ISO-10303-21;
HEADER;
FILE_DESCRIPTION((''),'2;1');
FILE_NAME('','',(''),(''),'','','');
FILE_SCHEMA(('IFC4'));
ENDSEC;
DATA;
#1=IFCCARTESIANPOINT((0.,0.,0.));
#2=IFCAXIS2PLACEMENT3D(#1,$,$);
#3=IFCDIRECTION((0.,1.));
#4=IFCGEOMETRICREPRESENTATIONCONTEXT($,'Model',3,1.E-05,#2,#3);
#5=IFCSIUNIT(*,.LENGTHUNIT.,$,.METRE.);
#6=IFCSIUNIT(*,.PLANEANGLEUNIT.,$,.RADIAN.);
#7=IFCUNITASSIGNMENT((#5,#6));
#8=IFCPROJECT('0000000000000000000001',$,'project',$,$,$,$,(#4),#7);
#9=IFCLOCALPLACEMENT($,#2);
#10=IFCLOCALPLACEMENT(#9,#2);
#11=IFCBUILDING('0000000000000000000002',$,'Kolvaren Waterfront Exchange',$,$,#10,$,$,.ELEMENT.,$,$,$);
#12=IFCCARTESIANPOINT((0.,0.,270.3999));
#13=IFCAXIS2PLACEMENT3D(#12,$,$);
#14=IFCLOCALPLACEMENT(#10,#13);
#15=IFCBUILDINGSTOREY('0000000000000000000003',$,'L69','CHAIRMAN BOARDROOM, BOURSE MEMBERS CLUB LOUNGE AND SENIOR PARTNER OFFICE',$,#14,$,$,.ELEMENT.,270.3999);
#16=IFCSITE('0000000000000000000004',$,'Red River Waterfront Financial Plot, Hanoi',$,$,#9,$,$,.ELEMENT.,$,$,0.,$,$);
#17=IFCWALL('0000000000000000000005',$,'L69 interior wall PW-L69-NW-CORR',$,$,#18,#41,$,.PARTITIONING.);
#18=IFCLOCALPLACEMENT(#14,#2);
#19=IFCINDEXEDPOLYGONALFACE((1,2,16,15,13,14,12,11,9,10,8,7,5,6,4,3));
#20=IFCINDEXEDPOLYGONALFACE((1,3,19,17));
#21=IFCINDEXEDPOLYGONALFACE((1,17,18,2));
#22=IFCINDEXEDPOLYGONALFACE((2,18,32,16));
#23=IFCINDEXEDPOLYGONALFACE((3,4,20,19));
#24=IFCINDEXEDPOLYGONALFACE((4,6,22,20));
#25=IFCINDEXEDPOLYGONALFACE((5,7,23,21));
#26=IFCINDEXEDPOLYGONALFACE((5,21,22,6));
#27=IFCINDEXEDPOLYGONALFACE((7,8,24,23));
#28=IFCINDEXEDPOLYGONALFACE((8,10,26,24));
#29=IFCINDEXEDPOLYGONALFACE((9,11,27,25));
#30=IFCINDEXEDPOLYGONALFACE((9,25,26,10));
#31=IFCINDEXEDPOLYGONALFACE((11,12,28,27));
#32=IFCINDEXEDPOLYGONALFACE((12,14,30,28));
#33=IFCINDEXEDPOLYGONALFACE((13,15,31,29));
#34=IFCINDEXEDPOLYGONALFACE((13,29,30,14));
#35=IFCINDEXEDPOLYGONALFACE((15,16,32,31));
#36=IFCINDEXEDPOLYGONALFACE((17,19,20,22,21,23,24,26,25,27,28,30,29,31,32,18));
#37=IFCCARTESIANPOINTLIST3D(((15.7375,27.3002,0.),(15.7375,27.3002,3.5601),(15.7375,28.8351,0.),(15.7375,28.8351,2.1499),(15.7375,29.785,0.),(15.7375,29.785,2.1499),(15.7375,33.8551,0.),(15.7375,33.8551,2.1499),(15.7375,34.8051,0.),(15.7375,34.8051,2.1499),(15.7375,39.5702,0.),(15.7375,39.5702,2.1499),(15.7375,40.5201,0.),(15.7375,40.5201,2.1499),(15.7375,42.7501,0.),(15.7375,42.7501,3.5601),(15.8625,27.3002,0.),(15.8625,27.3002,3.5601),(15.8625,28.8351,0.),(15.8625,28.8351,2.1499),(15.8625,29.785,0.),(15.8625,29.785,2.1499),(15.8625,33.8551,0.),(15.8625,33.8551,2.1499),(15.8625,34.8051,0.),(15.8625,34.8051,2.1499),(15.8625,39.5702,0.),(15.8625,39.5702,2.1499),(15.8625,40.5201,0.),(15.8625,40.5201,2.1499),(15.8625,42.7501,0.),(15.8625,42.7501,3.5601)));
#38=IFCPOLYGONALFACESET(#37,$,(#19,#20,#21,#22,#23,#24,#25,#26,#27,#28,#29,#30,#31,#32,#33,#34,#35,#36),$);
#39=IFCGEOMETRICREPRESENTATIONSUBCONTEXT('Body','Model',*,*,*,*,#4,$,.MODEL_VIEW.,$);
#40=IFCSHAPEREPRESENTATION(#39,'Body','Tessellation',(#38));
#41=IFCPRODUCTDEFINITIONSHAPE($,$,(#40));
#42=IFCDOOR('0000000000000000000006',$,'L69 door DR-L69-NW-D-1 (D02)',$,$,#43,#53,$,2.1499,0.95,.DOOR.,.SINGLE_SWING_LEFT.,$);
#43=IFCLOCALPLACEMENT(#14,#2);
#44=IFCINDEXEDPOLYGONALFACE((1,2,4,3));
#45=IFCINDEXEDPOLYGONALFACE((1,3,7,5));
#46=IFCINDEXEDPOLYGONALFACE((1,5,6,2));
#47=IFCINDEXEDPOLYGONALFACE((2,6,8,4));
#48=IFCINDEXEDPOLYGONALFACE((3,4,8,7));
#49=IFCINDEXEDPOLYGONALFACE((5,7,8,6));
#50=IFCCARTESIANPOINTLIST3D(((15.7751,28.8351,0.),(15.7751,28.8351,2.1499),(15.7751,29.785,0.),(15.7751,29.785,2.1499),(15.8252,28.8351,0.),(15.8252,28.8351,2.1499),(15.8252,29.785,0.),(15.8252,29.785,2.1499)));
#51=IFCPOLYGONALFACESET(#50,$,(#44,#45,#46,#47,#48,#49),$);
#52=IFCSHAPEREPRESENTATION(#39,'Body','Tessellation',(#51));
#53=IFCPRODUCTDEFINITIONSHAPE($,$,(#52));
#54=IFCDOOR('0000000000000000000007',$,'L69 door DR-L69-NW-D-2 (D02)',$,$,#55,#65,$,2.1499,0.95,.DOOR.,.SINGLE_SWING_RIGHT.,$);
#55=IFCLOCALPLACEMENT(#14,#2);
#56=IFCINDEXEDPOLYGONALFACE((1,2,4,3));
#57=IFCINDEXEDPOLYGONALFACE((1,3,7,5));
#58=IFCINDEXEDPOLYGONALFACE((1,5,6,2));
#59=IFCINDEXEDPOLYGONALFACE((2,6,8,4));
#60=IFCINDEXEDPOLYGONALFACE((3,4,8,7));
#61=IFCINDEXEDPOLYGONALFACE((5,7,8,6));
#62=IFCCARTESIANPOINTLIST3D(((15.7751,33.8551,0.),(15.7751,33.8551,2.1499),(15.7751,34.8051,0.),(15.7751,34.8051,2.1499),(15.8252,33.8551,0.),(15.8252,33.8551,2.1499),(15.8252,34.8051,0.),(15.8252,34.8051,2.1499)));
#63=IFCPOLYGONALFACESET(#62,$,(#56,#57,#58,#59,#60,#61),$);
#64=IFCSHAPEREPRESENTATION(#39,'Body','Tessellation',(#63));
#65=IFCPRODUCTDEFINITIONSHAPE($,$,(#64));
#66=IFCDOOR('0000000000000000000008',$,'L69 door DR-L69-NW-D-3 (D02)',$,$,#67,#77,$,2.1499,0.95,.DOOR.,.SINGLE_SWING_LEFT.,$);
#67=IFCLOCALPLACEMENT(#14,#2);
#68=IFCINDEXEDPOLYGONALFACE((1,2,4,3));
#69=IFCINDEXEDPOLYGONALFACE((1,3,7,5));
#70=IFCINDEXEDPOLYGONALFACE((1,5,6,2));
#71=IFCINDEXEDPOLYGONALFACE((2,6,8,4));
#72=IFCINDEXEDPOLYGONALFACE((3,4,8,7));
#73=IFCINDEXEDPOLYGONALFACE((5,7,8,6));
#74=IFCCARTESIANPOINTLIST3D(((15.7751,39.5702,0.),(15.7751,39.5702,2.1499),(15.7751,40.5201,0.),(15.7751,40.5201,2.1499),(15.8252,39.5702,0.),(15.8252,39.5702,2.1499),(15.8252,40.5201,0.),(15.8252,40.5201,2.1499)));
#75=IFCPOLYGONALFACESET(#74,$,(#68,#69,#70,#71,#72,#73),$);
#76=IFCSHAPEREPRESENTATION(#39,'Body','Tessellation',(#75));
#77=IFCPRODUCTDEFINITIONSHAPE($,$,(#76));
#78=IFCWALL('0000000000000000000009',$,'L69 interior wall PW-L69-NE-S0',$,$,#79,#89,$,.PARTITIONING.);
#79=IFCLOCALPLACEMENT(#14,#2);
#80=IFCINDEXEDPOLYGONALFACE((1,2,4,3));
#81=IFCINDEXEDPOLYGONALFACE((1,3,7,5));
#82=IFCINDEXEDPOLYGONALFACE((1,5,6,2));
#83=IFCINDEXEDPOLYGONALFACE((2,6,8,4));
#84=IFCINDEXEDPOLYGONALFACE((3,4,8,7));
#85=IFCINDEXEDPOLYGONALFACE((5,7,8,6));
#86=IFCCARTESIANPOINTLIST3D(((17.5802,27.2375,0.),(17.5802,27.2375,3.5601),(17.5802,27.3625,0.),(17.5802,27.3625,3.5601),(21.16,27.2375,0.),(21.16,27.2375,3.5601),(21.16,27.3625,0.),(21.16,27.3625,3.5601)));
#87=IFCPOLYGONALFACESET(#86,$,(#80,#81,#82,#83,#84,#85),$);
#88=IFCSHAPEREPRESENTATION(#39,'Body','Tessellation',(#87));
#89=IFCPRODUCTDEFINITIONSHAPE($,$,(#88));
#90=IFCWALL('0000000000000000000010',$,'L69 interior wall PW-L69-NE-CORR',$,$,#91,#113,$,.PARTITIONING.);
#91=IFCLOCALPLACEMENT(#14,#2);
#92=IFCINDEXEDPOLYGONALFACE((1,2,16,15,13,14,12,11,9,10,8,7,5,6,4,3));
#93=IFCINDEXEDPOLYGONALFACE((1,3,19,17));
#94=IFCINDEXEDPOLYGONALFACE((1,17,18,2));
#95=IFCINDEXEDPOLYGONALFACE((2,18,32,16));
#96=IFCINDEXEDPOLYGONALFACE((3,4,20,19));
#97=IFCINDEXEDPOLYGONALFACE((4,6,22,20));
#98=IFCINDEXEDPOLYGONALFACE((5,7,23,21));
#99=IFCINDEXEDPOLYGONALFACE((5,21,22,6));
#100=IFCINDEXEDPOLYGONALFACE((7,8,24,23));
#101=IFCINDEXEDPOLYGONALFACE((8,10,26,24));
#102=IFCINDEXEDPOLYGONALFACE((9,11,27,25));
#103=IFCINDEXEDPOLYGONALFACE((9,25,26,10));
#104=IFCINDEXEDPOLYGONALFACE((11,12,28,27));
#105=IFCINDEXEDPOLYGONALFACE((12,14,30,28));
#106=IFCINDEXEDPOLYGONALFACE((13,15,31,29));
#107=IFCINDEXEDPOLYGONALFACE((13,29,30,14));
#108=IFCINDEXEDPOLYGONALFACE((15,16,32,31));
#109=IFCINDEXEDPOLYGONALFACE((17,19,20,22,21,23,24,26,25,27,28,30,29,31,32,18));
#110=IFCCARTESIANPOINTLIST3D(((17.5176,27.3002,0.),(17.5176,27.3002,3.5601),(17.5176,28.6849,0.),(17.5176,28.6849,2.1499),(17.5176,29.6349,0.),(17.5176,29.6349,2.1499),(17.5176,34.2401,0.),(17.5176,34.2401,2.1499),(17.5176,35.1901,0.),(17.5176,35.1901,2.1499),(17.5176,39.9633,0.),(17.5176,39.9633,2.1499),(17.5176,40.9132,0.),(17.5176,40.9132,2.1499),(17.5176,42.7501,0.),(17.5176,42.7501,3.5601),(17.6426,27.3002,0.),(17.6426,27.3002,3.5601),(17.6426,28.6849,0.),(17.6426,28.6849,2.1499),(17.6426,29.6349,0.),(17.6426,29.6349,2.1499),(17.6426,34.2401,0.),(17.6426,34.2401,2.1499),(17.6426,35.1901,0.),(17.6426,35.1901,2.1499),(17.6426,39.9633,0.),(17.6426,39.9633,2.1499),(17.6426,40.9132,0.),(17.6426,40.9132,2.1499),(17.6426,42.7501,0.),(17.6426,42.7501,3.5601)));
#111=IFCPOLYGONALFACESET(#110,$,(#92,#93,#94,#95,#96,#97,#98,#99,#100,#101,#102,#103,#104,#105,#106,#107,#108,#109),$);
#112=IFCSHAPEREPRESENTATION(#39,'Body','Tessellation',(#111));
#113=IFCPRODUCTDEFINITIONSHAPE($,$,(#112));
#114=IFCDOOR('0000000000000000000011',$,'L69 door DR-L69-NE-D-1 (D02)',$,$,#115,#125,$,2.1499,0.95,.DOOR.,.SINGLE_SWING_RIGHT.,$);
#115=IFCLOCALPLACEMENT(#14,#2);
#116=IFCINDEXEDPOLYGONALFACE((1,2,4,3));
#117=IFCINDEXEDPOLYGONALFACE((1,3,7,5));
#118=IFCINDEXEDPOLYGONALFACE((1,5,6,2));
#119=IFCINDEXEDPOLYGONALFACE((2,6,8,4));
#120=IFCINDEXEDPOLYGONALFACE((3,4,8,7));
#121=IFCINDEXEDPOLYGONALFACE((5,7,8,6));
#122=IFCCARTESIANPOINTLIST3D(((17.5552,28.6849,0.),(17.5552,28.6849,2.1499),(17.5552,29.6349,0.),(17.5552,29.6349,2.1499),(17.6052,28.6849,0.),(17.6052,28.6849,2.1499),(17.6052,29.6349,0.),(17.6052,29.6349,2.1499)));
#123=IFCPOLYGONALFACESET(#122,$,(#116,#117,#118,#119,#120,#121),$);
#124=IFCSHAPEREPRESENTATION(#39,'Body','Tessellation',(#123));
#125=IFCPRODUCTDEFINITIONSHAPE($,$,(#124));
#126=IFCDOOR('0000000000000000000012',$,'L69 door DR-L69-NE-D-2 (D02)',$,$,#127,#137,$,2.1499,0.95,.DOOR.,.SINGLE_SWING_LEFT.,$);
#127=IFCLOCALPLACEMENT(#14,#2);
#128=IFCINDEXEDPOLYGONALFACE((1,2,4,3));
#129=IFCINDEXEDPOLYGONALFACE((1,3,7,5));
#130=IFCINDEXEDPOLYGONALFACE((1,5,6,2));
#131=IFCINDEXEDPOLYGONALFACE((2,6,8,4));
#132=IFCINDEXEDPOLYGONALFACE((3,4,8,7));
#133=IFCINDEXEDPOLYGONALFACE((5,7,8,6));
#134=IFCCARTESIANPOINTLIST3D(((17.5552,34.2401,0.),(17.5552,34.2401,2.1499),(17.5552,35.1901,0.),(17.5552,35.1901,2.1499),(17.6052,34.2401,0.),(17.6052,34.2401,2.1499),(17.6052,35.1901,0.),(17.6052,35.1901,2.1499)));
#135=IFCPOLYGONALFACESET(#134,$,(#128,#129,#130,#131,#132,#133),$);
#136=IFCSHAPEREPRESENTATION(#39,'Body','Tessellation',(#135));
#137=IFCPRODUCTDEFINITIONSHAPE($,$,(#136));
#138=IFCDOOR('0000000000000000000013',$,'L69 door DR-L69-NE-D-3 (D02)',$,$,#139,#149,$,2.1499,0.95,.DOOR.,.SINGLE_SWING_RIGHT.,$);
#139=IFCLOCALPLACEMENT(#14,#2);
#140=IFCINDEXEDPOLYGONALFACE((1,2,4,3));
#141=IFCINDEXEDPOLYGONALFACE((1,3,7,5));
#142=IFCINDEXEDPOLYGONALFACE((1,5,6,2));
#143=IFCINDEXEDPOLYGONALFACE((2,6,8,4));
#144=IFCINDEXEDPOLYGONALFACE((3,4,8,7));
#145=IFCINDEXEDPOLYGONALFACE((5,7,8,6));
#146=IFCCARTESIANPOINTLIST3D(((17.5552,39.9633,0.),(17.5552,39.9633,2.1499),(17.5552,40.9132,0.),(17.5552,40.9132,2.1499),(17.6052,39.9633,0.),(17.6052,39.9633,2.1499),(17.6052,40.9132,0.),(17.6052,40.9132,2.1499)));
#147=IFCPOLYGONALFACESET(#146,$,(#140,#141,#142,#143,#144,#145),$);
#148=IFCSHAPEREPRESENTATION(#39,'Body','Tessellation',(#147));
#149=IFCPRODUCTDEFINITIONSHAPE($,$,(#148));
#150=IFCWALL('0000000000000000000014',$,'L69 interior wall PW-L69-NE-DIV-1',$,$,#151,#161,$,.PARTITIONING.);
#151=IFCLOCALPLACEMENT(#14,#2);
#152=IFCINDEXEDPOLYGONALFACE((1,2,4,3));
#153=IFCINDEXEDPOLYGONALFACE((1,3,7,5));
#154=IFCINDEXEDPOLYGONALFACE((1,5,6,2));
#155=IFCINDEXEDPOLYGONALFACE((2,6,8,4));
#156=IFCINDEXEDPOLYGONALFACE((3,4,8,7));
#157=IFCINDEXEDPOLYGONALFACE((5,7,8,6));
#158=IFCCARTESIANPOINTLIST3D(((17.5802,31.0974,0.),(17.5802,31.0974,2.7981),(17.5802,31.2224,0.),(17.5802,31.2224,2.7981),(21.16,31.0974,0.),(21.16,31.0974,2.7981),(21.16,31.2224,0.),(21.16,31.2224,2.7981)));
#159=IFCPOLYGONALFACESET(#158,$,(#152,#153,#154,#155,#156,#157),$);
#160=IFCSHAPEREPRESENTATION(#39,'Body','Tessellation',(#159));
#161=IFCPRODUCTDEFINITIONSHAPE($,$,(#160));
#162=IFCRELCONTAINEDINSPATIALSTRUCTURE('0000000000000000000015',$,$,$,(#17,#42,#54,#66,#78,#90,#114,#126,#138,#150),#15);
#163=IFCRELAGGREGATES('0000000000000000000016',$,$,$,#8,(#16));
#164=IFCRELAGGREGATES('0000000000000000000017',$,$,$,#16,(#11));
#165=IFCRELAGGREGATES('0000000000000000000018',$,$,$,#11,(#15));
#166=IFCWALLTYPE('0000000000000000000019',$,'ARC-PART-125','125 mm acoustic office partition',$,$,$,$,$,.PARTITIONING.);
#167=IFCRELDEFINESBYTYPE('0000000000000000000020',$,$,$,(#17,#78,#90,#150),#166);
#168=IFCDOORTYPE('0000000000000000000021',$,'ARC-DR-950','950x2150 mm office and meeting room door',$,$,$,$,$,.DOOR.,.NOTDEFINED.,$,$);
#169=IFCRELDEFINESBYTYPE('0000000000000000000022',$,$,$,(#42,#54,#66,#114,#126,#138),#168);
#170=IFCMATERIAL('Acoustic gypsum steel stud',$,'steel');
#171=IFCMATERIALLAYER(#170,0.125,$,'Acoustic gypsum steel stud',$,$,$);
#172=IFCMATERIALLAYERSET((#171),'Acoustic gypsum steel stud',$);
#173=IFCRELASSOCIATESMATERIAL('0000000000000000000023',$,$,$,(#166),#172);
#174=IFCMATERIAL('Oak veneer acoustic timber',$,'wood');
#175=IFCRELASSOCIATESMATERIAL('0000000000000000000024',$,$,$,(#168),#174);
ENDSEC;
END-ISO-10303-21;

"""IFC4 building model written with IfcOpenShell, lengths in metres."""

from ifc_helpers import new_model, si_unit, direction, frame, frame_2d, origin, place, context, subcontext, project, spatial, rectangle, extrude, material, layer, layer_set, type_object, element, fill, save


model = new_model("IFC4")

# Units and contexts
model_context = context("Model", 3, precision=1e-05, world=origin(), true_north=direction((0.0, 1.0)))
body_context = subcontext(model_context, "Body", "Model", "MODEL_VIEW")
ifc_project = project(units=[si_unit("LENGTHUNIT", "METRE"), si_unit("PLANEANGLEUNIT", "RADIAN")], contexts=[model_context])

# Site, building, storey
site_placement = place(None, origin())
site = spatial("IfcSite", under=ifc_project, at=site_placement, Name="Red River Waterfront Financial Plot, Hanoi", CompositionType="ELEMENT", RefElevation=0.0)
building_placement = place(site_placement, origin())
building = spatial("IfcBuilding", under=site, at=building_placement, Name="Kolvaren Waterfront Exchange", CompositionType="ELEMENT")
storey_placement = place(building_placement, frame((0.0, 0.0, 270.3999)))
storey = spatial("IfcBuildingStorey", under=building, at=storey_placement, Name="L69", Description="CHAIRMAN BOARDROOM, BOURSE MEMBERS CLUB LOUNGE AND SENIOR PARTNER OFFICE", CompositionType="ELEMENT", Elevation=270.3999)

# Shared definitions
ifc_material_1 = material(Name="Acoustic gypsum steel stud", Category="steel")
ifc_layer_1 = layer(ifc_material_1, 0.125, Name="Acoustic gypsum steel stud")
ifc_layer_set_1 = layer_set([ifc_layer_1], Name="Acoustic gypsum steel stud")
wall_type_1 = type_object("IfcWallType", Name="ARC-PART-125", Description="125 mm acoustic office partition", PredefinedType="PARTITIONING", material=ifc_layer_set_1)

# Wall, openings, doors
wall_1_placement = place(storey_placement, frame((15.8, 27.3, 0.0), z_axis=(0.0, 0.0, 1.0), x_axis=(0.0, 1.0, 0.0)))
wall_1 = element("IfcWall", 1, at=wall_1_placement, inside=storey, type_object=wall_type_1, Name="L69 interior wall PW-L69-NW-CORR", PredefinedType="PARTITIONING", context=body_context, shape_type="SweptSolid", body=[
    extrude(rectangle(XDim=15.45, YDim=0.125, at=frame_2d((7.7251, 0.0))), origin(), (0.0, 0.0, 1.0), 3.5601),
])
opening_1_placement = place(wall_1_placement, frame((1.5349, 0.0, 0.0)))
opening_1 = element("IfcOpeningElement", 2, at=opening_1_placement, cuts=wall_1, PredefinedType="OPENING", context=body_context, shape_type="SweptSolid", body=[
    extrude(rectangle(XDim=0.95, YDim=2.1499, at=frame_2d((0.4751, 1.075))), frame((0.0, 0.0725, 0.0), z_axis=(0.0, -1.0, 0.0), x_axis=(1.0, 0.0, 0.0)), (0.0, 0.0, 1.0), 0.145),
])
opening_2_placement = place(wall_1_placement, frame((6.5549, 0.0, 0.0)))
opening_2 = element("IfcOpeningElement", 3, at=opening_2_placement, cuts=wall_1, PredefinedType="OPENING", context=body_context, shape_type="SweptSolid", body=[
    extrude(rectangle(XDim=0.95, YDim=2.1499, at=frame_2d((0.4751, 1.075))), frame((0.0, 0.0725, 0.0), z_axis=(0.0, -1.0, 0.0), x_axis=(1.0, 0.0, 0.0)), (0.0, 0.0, 1.0), 0.145),
])
opening_3_placement = place(wall_1_placement, frame((12.27, 0.0, 0.0)))
opening_3 = element("IfcOpeningElement", 4, at=opening_3_placement, cuts=wall_1, PredefinedType="OPENING", context=body_context, shape_type="SweptSolid", body=[
    extrude(rectangle(XDim=0.95, YDim=2.1499, at=frame_2d((0.4751, 1.075))), frame((0.0, 0.0725, 0.0), z_axis=(0.0, -1.0, 0.0), x_axis=(1.0, 0.0, 0.0)), (0.0, 0.0, 1.0), 0.145),
])
ifc_material_2 = material(Name="Oak veneer acoustic timber", Category="wood")
door_type_1 = type_object("IfcDoorType", Name="ARC-DR-950", Description="950x2150 mm office and meeting room door", OperationType="NOTDEFINED", PredefinedType="DOOR", material=ifc_material_2)
door_1_placement = place(opening_1_placement, origin())
door_1 = element("IfcDoor", 5, at=door_1_placement, inside=storey, type_object=door_type_1, Name="L69 door DR-L69-NW-D-1 (D02)", OperationType="SINGLE_SWING_LEFT", OverallHeight=2.1499, OverallWidth=0.95, PredefinedType="DOOR", context=body_context, shape_type="SweptSolid", body=[
    extrude(rectangle(XDim=0.95, YDim=2.1499, at=frame_2d((0.4751, 1.075))), frame((0.0, 0.0249, 0.0), z_axis=(0.0, -1.0, 0.0), x_axis=(1.0, 0.0, 0.0)), (0.0, 0.0, 1.0), 0.05),
])
fill(opening_1, door_1)
door_2_placement = place(opening_2_placement, origin())
door_2 = element("IfcDoor", 6, at=door_2_placement, inside=storey, type_object=door_type_1, Name="L69 door DR-L69-NW-D-2 (D02)", OperationType="SINGLE_SWING_RIGHT", OverallHeight=2.1499, OverallWidth=0.95, PredefinedType="DOOR", context=body_context, shape_type="SweptSolid", body=[
    extrude(rectangle(XDim=0.95, YDim=2.1499, at=frame_2d((0.4751, 1.075))), frame((0.0, 0.0249, 0.0), z_axis=(0.0, -1.0, 0.0), x_axis=(1.0, 0.0, 0.0)), (0.0, 0.0, 1.0), 0.05),
])
fill(opening_2, door_2)
door_3_placement = place(opening_3_placement, origin())
door_3 = element("IfcDoor", 7, at=door_3_placement, inside=storey, type_object=door_type_1, Name="L69 door DR-L69-NW-D-3 (D02)", OperationType="SINGLE_SWING_LEFT", OverallHeight=2.1499, OverallWidth=0.95, PredefinedType="DOOR", context=body_context, shape_type="SweptSolid", body=[
    extrude(rectangle(XDim=0.95, YDim=2.1499, at=frame_2d((0.4751, 1.075))), frame((0.0, 0.0249, 0.0), z_axis=(0.0, -1.0, 0.0), x_axis=(1.0, 0.0, 0.0)), (0.0, 0.0, 1.0), 0.05),
])
fill(opening_3, door_3)

# Wall
wall_2_placement = place(storey_placement, frame((17.5801, 27.3, 0.0), z_axis=(0.0, 0.0, 1.0), x_axis=(1.0, 0.0, 0.0)))
element("IfcWall", 8, at=wall_2_placement, inside=storey, type_object=wall_type_1, Name="L69 interior wall PW-L69-NE-S0", PredefinedType="PARTITIONING", context=body_context, shape_type="SweptSolid", body=[
    extrude(rectangle(XDim=3.5798, YDim=0.125, at=frame_2d((1.79, 0.0))), origin(), (0.0, 0.0, 1.0), 3.5601),
])

# Wall, openings, doors
wall_3_placement = place(storey_placement, frame((17.5801, 27.3, 0.0), z_axis=(0.0, 0.0, 1.0), x_axis=(0.0, 1.0, 0.0)))
wall_3 = element("IfcWall", 9, at=wall_3_placement, inside=storey, type_object=wall_type_1, Name="L69 interior wall PW-L69-NE-CORR", PredefinedType="PARTITIONING", context=body_context, shape_type="SweptSolid", body=[
    extrude(rectangle(XDim=15.45, YDim=0.125, at=frame_2d((7.7251, 0.0))), origin(), (0.0, 0.0, 1.0), 3.5601),
])
opening_4_placement = place(wall_3_placement, frame((1.3848, 0.0, 0.0)))
opening_4 = element("IfcOpeningElement", 10, at=opening_4_placement, cuts=wall_3, PredefinedType="OPENING", context=body_context, shape_type="SweptSolid", body=[
    extrude(rectangle(XDim=0.95, YDim=2.1499, at=frame_2d((0.4751, 1.075))), frame((0.0, 0.0725, 0.0), z_axis=(0.0, -1.0, 0.0), x_axis=(1.0, 0.0, 0.0)), (0.0, 0.0, 1.0), 0.145),
])
opening_5_placement = place(wall_3_placement, frame((6.9399, 0.0, 0.0)))
opening_5 = element("IfcOpeningElement", 11, at=opening_5_placement, cuts=wall_3, PredefinedType="OPENING", context=body_context, shape_type="SweptSolid", body=[
    extrude(rectangle(XDim=0.95, YDim=2.1499, at=frame_2d((0.4751, 1.075))), frame((0.0, 0.0725, 0.0), z_axis=(0.0, -1.0, 0.0), x_axis=(1.0, 0.0, 0.0)), (0.0, 0.0, 1.0), 0.145),
])
opening_6_placement = place(wall_3_placement, frame((12.6631, 0.0, 0.0)))
opening_6 = element("IfcOpeningElement", 12, at=opening_6_placement, cuts=wall_3, PredefinedType="OPENING", context=body_context, shape_type="SweptSolid", body=[
    extrude(rectangle(XDim=0.95, YDim=2.1499, at=frame_2d((0.4751, 1.075))), frame((0.0, 0.0725, 0.0), z_axis=(0.0, -1.0, 0.0), x_axis=(1.0, 0.0, 0.0)), (0.0, 0.0, 1.0), 0.145),
])
door_4_placement = place(opening_4_placement, origin())
door_4 = element("IfcDoor", 13, at=door_4_placement, inside=storey, type_object=door_type_1, Name="L69 door DR-L69-NE-D-1 (D02)", OperationType="SINGLE_SWING_RIGHT", OverallHeight=2.1499, OverallWidth=0.95, PredefinedType="DOOR", context=body_context, shape_type="SweptSolid", body=[
    extrude(rectangle(XDim=0.95, YDim=2.1499, at=frame_2d((0.4751, 1.075))), frame((0.0, 0.0249, 0.0), z_axis=(0.0, -1.0, 0.0), x_axis=(1.0, 0.0, 0.0)), (0.0, 0.0, 1.0), 0.05),
])
fill(opening_4, door_4)
door_5_placement = place(opening_5_placement, origin())
door_5 = element("IfcDoor", 14, at=door_5_placement, inside=storey, type_object=door_type_1, Name="L69 door DR-L69-NE-D-2 (D02)", OperationType="SINGLE_SWING_LEFT", OverallHeight=2.1499, OverallWidth=0.95, PredefinedType="DOOR", context=body_context, shape_type="SweptSolid", body=[
    extrude(rectangle(XDim=0.95, YDim=2.1499, at=frame_2d((0.4751, 1.075))), frame((0.0, 0.0249, 0.0), z_axis=(0.0, -1.0, 0.0), x_axis=(1.0, 0.0, 0.0)), (0.0, 0.0, 1.0), 0.05),
])
fill(opening_5, door_5)
door_6_placement = place(opening_6_placement, origin())
door_6 = element("IfcDoor", 15, at=door_6_placement, inside=storey, type_object=door_type_1, Name="L69 door DR-L69-NE-D-3 (D02)", OperationType="SINGLE_SWING_RIGHT", OverallHeight=2.1499, OverallWidth=0.95, PredefinedType="DOOR", context=body_context, shape_type="SweptSolid", body=[
    extrude(rectangle(XDim=0.95, YDim=2.1499, at=frame_2d((0.4751, 1.075))), frame((0.0, 0.0249, 0.0), z_axis=(0.0, -1.0, 0.0), x_axis=(1.0, 0.0, 0.0)), (0.0, 0.0, 1.0), 0.05),
])
fill(opening_6, door_6)

# Wall
wall_4_placement = place(storey_placement, frame((17.5801, 31.1599, 0.0), z_axis=(0.0, 0.0, 1.0), x_axis=(1.0, 0.0, 0.0)))
element("IfcWall", 16, at=wall_4_placement, inside=storey, type_object=wall_type_1, Name="L69 interior wall PW-L69-NE-DIV-1", PredefinedType="PARTITIONING", context=body_context, shape_type="SweptSolid", body=[
    extrude(rectangle(XDim=3.5798, YDim=0.125, at=frame_2d((1.79, 0.0))), origin(), (0.0, 0.0, 1.0), 2.7981),
])

save(model, "model.ifc")
